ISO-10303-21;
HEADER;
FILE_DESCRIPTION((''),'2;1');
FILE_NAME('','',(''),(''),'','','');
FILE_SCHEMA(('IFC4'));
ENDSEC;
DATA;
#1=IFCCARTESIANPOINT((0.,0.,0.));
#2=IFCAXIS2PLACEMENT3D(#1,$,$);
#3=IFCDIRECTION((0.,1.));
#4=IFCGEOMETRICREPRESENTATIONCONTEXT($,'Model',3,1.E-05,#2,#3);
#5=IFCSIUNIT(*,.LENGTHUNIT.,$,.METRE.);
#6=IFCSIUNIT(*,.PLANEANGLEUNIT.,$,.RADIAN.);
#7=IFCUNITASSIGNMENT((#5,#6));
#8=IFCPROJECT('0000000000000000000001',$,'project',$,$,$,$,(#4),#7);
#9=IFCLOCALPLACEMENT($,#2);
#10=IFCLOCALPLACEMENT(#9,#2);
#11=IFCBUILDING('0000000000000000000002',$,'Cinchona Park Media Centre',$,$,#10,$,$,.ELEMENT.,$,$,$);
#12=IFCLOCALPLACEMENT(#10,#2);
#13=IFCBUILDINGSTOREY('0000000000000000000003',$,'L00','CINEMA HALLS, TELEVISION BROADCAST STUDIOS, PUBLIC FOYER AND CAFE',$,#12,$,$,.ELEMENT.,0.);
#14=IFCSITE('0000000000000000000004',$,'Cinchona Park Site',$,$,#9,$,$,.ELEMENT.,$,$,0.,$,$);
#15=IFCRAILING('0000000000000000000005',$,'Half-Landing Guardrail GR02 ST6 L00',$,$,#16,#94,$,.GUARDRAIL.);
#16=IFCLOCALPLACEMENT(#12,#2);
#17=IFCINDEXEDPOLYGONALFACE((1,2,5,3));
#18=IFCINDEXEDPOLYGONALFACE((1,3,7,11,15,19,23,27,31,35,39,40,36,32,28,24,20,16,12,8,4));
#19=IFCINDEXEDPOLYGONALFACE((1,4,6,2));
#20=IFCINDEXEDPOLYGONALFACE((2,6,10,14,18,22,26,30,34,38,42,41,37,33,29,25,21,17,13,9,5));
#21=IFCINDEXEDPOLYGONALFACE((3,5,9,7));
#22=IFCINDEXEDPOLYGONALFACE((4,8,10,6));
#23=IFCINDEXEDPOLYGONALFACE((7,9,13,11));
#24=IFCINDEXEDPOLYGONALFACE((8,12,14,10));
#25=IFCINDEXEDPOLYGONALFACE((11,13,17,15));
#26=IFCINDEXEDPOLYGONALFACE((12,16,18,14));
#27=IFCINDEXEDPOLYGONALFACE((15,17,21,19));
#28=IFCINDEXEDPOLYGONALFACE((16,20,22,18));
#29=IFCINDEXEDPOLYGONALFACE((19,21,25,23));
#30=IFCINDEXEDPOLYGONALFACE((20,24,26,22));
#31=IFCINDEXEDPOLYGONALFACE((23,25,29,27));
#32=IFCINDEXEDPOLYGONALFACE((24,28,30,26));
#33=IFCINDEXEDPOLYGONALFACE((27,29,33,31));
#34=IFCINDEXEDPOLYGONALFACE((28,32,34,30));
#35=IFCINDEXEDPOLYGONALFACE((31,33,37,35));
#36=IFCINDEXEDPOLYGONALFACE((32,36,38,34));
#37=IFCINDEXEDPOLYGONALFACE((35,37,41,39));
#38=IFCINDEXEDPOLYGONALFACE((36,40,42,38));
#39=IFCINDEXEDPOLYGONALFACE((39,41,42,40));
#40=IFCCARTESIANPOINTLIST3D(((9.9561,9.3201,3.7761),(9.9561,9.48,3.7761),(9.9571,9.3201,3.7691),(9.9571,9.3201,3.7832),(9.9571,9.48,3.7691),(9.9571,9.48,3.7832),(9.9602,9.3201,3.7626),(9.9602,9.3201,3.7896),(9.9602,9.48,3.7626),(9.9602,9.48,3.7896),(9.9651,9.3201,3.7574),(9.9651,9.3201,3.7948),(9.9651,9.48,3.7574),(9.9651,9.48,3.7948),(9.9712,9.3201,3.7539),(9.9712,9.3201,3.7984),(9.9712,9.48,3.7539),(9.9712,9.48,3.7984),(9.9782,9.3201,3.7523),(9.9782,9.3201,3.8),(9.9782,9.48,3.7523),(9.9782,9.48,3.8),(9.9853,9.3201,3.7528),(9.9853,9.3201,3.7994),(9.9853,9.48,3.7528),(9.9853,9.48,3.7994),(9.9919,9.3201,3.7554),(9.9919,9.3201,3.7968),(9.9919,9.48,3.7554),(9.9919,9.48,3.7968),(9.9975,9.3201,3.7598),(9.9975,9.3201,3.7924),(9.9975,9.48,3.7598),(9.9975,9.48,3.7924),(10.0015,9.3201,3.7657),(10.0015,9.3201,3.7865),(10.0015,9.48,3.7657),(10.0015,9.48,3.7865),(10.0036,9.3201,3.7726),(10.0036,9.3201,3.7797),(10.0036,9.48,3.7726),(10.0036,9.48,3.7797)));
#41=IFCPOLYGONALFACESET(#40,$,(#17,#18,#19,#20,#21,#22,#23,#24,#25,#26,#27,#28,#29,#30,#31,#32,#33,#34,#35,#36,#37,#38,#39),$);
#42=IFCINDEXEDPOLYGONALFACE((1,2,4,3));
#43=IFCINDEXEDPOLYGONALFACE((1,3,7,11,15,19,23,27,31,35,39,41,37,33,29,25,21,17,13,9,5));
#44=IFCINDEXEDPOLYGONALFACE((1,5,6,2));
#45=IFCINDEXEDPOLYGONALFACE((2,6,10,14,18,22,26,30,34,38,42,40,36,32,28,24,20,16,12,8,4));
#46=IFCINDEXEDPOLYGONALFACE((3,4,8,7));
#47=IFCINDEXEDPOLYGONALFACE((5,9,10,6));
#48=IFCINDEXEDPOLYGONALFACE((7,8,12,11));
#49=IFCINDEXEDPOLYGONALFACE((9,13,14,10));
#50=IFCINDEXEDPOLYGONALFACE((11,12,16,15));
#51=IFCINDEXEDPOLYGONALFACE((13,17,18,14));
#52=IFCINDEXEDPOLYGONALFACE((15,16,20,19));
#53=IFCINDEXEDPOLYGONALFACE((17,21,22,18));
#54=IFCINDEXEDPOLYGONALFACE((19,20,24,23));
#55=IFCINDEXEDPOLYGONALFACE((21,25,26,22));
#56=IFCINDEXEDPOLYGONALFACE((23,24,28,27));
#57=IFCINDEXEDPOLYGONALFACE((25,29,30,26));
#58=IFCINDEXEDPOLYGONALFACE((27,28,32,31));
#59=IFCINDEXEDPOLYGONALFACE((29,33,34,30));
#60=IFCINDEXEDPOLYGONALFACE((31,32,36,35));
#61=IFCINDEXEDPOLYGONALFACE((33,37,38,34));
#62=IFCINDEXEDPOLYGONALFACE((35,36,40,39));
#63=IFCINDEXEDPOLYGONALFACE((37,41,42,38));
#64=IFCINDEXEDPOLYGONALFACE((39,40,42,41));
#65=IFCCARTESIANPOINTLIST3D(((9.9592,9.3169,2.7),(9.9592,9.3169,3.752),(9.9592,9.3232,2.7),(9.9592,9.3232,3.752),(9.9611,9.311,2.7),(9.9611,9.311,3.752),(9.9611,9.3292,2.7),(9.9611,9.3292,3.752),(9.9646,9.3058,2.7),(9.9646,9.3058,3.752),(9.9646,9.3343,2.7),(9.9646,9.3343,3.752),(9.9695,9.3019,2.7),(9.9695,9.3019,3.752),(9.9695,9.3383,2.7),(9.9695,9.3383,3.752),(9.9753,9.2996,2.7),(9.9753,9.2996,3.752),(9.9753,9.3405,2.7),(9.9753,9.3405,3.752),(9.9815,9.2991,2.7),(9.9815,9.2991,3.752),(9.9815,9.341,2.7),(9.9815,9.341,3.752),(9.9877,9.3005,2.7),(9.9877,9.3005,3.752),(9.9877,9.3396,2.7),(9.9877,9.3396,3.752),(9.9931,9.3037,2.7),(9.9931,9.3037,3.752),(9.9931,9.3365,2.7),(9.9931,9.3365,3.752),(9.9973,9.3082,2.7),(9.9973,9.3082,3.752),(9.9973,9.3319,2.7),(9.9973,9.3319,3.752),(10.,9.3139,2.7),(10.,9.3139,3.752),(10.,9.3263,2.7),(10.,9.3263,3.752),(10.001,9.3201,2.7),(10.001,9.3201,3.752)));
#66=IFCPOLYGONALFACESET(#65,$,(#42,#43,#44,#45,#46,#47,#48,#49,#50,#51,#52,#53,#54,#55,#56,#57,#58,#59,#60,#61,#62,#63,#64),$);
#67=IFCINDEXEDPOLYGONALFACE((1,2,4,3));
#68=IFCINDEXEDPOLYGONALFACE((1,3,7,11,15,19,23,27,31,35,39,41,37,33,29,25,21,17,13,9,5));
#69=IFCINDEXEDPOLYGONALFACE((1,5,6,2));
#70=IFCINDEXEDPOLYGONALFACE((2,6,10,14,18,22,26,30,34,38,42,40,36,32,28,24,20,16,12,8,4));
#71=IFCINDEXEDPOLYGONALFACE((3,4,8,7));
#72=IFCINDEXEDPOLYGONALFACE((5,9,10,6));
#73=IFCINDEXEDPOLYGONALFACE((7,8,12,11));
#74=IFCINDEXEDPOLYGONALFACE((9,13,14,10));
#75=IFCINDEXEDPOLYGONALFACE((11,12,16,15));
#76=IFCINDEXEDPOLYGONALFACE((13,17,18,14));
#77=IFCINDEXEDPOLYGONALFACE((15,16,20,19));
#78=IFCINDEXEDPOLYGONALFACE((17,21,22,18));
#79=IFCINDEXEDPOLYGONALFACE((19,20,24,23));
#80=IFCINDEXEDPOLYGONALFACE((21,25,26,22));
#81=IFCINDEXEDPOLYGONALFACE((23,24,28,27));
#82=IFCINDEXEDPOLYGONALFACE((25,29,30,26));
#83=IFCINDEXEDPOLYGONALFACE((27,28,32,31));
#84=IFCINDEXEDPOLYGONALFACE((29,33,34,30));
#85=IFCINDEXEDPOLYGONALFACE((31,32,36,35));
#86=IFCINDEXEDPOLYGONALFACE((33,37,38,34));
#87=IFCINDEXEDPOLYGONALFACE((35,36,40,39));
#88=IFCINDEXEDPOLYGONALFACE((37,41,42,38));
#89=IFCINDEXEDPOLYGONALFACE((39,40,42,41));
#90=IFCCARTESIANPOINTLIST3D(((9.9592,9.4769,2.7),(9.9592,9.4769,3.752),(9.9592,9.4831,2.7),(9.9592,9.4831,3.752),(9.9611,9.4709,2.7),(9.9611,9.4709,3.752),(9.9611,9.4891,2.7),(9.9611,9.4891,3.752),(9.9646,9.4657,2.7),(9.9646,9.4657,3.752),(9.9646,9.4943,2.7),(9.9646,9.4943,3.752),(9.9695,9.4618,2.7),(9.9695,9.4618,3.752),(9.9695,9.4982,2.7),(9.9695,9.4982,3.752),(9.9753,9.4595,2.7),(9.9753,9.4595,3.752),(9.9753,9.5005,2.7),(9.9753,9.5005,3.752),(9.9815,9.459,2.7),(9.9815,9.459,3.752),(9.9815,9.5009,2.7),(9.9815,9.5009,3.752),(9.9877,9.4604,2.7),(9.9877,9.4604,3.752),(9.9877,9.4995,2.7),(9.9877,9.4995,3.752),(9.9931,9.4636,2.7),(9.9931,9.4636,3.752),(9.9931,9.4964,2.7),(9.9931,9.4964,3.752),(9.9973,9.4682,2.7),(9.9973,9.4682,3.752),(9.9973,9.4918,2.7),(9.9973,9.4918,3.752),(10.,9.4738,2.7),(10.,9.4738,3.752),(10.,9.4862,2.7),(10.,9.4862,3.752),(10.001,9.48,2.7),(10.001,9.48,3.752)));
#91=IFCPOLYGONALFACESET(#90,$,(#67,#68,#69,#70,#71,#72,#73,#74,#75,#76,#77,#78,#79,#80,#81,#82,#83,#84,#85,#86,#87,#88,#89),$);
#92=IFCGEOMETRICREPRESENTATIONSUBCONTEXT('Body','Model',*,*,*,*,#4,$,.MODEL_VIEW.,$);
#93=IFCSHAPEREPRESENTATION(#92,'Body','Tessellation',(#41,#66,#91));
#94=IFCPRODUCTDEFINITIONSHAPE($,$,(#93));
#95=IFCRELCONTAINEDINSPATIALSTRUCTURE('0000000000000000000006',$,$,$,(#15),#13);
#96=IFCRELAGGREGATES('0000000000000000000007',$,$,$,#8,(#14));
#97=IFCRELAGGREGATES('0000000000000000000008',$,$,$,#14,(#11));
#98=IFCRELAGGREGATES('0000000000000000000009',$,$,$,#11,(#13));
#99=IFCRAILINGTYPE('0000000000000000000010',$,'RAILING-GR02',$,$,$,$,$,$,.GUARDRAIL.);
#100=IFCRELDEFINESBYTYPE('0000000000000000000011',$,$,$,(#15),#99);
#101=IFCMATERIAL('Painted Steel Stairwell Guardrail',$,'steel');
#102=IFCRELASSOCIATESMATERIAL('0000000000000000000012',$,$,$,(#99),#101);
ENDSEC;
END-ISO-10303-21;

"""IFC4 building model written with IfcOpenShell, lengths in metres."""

from ifc_helpers import new_model, si_unit, direction, frame, origin, origin_2d, place, context, subcontext, project, spatial, circle, extrude, material, type_object, element, save


model = new_model("IFC4")

# Units and contexts
model_context = context("Model", 3, precision=1e-05, world=origin(), true_north=direction((0.0, 1.0)))
body_context = subcontext(model_context, "Body", "Model", "MODEL_VIEW")
ifc_project = project(units=[si_unit("LENGTHUNIT", "METRE"), si_unit("PLANEANGLEUNIT", "RADIAN")], contexts=[model_context])

# Site, building, storey
site_placement = place(None, origin())
site = spatial("IfcSite", under=ifc_project, at=site_placement, Name="Cinchona Park Site", CompositionType="ELEMENT", RefElevation=0.0)
building_placement = place(site_placement, origin())
building = spatial("IfcBuilding", under=site, at=building_placement, Name="Cinchona Park Media Centre", CompositionType="ELEMENT")
storey_placement = place(building_placement, origin())
storey = spatial("IfcBuildingStorey", under=building, at=storey_placement, Name="L00", Description="CINEMA HALLS, TELEVISION BROADCAST STUDIOS, PUBLIC FOYER AND CAFE", CompositionType="ELEMENT", Elevation=0.0)

# Railing
ifc_material_1 = material(Name="Painted Steel Stairwell Guardrail", Category="steel")
railing_type_1 = type_object("IfcRailingType", Name="RAILING-GR02", PredefinedType="GUARDRAIL", material=ifc_material_1)
for number, where, name in (
    (1, (9.98, 9.3201, 2.7), "Half-Landing Guardrail GR02 ST6 L00"),
):
    element("IfcRailing", number, at=place(storey_placement, frame(where)), inside=storey, type_object=railing_type_1, Name=name, PredefinedType="GUARDRAIL", context=body_context, shape_type="SweptSolid", body=[
        extrude(circle(Radius=0.0239, at=origin_2d()), frame((0.0, 0.0, 1.0762), z_axis=(0.0, 1.0, 0.0), x_axis=(-1.0, 0.0, 0.0)), (0.0, 0.0, 1.0), 0.1599),
        extrude(circle(Radius=0.021, at=origin_2d()), origin(), (0.0, 0.0, 1.0), 1.052),
        extrude(circle(Radius=0.021, at=origin_2d()), frame((0.0, 0.1599, 0.0)), (0.0, 0.0, 1.0), 1.052),
    ])

save(model, "model.ifc")
